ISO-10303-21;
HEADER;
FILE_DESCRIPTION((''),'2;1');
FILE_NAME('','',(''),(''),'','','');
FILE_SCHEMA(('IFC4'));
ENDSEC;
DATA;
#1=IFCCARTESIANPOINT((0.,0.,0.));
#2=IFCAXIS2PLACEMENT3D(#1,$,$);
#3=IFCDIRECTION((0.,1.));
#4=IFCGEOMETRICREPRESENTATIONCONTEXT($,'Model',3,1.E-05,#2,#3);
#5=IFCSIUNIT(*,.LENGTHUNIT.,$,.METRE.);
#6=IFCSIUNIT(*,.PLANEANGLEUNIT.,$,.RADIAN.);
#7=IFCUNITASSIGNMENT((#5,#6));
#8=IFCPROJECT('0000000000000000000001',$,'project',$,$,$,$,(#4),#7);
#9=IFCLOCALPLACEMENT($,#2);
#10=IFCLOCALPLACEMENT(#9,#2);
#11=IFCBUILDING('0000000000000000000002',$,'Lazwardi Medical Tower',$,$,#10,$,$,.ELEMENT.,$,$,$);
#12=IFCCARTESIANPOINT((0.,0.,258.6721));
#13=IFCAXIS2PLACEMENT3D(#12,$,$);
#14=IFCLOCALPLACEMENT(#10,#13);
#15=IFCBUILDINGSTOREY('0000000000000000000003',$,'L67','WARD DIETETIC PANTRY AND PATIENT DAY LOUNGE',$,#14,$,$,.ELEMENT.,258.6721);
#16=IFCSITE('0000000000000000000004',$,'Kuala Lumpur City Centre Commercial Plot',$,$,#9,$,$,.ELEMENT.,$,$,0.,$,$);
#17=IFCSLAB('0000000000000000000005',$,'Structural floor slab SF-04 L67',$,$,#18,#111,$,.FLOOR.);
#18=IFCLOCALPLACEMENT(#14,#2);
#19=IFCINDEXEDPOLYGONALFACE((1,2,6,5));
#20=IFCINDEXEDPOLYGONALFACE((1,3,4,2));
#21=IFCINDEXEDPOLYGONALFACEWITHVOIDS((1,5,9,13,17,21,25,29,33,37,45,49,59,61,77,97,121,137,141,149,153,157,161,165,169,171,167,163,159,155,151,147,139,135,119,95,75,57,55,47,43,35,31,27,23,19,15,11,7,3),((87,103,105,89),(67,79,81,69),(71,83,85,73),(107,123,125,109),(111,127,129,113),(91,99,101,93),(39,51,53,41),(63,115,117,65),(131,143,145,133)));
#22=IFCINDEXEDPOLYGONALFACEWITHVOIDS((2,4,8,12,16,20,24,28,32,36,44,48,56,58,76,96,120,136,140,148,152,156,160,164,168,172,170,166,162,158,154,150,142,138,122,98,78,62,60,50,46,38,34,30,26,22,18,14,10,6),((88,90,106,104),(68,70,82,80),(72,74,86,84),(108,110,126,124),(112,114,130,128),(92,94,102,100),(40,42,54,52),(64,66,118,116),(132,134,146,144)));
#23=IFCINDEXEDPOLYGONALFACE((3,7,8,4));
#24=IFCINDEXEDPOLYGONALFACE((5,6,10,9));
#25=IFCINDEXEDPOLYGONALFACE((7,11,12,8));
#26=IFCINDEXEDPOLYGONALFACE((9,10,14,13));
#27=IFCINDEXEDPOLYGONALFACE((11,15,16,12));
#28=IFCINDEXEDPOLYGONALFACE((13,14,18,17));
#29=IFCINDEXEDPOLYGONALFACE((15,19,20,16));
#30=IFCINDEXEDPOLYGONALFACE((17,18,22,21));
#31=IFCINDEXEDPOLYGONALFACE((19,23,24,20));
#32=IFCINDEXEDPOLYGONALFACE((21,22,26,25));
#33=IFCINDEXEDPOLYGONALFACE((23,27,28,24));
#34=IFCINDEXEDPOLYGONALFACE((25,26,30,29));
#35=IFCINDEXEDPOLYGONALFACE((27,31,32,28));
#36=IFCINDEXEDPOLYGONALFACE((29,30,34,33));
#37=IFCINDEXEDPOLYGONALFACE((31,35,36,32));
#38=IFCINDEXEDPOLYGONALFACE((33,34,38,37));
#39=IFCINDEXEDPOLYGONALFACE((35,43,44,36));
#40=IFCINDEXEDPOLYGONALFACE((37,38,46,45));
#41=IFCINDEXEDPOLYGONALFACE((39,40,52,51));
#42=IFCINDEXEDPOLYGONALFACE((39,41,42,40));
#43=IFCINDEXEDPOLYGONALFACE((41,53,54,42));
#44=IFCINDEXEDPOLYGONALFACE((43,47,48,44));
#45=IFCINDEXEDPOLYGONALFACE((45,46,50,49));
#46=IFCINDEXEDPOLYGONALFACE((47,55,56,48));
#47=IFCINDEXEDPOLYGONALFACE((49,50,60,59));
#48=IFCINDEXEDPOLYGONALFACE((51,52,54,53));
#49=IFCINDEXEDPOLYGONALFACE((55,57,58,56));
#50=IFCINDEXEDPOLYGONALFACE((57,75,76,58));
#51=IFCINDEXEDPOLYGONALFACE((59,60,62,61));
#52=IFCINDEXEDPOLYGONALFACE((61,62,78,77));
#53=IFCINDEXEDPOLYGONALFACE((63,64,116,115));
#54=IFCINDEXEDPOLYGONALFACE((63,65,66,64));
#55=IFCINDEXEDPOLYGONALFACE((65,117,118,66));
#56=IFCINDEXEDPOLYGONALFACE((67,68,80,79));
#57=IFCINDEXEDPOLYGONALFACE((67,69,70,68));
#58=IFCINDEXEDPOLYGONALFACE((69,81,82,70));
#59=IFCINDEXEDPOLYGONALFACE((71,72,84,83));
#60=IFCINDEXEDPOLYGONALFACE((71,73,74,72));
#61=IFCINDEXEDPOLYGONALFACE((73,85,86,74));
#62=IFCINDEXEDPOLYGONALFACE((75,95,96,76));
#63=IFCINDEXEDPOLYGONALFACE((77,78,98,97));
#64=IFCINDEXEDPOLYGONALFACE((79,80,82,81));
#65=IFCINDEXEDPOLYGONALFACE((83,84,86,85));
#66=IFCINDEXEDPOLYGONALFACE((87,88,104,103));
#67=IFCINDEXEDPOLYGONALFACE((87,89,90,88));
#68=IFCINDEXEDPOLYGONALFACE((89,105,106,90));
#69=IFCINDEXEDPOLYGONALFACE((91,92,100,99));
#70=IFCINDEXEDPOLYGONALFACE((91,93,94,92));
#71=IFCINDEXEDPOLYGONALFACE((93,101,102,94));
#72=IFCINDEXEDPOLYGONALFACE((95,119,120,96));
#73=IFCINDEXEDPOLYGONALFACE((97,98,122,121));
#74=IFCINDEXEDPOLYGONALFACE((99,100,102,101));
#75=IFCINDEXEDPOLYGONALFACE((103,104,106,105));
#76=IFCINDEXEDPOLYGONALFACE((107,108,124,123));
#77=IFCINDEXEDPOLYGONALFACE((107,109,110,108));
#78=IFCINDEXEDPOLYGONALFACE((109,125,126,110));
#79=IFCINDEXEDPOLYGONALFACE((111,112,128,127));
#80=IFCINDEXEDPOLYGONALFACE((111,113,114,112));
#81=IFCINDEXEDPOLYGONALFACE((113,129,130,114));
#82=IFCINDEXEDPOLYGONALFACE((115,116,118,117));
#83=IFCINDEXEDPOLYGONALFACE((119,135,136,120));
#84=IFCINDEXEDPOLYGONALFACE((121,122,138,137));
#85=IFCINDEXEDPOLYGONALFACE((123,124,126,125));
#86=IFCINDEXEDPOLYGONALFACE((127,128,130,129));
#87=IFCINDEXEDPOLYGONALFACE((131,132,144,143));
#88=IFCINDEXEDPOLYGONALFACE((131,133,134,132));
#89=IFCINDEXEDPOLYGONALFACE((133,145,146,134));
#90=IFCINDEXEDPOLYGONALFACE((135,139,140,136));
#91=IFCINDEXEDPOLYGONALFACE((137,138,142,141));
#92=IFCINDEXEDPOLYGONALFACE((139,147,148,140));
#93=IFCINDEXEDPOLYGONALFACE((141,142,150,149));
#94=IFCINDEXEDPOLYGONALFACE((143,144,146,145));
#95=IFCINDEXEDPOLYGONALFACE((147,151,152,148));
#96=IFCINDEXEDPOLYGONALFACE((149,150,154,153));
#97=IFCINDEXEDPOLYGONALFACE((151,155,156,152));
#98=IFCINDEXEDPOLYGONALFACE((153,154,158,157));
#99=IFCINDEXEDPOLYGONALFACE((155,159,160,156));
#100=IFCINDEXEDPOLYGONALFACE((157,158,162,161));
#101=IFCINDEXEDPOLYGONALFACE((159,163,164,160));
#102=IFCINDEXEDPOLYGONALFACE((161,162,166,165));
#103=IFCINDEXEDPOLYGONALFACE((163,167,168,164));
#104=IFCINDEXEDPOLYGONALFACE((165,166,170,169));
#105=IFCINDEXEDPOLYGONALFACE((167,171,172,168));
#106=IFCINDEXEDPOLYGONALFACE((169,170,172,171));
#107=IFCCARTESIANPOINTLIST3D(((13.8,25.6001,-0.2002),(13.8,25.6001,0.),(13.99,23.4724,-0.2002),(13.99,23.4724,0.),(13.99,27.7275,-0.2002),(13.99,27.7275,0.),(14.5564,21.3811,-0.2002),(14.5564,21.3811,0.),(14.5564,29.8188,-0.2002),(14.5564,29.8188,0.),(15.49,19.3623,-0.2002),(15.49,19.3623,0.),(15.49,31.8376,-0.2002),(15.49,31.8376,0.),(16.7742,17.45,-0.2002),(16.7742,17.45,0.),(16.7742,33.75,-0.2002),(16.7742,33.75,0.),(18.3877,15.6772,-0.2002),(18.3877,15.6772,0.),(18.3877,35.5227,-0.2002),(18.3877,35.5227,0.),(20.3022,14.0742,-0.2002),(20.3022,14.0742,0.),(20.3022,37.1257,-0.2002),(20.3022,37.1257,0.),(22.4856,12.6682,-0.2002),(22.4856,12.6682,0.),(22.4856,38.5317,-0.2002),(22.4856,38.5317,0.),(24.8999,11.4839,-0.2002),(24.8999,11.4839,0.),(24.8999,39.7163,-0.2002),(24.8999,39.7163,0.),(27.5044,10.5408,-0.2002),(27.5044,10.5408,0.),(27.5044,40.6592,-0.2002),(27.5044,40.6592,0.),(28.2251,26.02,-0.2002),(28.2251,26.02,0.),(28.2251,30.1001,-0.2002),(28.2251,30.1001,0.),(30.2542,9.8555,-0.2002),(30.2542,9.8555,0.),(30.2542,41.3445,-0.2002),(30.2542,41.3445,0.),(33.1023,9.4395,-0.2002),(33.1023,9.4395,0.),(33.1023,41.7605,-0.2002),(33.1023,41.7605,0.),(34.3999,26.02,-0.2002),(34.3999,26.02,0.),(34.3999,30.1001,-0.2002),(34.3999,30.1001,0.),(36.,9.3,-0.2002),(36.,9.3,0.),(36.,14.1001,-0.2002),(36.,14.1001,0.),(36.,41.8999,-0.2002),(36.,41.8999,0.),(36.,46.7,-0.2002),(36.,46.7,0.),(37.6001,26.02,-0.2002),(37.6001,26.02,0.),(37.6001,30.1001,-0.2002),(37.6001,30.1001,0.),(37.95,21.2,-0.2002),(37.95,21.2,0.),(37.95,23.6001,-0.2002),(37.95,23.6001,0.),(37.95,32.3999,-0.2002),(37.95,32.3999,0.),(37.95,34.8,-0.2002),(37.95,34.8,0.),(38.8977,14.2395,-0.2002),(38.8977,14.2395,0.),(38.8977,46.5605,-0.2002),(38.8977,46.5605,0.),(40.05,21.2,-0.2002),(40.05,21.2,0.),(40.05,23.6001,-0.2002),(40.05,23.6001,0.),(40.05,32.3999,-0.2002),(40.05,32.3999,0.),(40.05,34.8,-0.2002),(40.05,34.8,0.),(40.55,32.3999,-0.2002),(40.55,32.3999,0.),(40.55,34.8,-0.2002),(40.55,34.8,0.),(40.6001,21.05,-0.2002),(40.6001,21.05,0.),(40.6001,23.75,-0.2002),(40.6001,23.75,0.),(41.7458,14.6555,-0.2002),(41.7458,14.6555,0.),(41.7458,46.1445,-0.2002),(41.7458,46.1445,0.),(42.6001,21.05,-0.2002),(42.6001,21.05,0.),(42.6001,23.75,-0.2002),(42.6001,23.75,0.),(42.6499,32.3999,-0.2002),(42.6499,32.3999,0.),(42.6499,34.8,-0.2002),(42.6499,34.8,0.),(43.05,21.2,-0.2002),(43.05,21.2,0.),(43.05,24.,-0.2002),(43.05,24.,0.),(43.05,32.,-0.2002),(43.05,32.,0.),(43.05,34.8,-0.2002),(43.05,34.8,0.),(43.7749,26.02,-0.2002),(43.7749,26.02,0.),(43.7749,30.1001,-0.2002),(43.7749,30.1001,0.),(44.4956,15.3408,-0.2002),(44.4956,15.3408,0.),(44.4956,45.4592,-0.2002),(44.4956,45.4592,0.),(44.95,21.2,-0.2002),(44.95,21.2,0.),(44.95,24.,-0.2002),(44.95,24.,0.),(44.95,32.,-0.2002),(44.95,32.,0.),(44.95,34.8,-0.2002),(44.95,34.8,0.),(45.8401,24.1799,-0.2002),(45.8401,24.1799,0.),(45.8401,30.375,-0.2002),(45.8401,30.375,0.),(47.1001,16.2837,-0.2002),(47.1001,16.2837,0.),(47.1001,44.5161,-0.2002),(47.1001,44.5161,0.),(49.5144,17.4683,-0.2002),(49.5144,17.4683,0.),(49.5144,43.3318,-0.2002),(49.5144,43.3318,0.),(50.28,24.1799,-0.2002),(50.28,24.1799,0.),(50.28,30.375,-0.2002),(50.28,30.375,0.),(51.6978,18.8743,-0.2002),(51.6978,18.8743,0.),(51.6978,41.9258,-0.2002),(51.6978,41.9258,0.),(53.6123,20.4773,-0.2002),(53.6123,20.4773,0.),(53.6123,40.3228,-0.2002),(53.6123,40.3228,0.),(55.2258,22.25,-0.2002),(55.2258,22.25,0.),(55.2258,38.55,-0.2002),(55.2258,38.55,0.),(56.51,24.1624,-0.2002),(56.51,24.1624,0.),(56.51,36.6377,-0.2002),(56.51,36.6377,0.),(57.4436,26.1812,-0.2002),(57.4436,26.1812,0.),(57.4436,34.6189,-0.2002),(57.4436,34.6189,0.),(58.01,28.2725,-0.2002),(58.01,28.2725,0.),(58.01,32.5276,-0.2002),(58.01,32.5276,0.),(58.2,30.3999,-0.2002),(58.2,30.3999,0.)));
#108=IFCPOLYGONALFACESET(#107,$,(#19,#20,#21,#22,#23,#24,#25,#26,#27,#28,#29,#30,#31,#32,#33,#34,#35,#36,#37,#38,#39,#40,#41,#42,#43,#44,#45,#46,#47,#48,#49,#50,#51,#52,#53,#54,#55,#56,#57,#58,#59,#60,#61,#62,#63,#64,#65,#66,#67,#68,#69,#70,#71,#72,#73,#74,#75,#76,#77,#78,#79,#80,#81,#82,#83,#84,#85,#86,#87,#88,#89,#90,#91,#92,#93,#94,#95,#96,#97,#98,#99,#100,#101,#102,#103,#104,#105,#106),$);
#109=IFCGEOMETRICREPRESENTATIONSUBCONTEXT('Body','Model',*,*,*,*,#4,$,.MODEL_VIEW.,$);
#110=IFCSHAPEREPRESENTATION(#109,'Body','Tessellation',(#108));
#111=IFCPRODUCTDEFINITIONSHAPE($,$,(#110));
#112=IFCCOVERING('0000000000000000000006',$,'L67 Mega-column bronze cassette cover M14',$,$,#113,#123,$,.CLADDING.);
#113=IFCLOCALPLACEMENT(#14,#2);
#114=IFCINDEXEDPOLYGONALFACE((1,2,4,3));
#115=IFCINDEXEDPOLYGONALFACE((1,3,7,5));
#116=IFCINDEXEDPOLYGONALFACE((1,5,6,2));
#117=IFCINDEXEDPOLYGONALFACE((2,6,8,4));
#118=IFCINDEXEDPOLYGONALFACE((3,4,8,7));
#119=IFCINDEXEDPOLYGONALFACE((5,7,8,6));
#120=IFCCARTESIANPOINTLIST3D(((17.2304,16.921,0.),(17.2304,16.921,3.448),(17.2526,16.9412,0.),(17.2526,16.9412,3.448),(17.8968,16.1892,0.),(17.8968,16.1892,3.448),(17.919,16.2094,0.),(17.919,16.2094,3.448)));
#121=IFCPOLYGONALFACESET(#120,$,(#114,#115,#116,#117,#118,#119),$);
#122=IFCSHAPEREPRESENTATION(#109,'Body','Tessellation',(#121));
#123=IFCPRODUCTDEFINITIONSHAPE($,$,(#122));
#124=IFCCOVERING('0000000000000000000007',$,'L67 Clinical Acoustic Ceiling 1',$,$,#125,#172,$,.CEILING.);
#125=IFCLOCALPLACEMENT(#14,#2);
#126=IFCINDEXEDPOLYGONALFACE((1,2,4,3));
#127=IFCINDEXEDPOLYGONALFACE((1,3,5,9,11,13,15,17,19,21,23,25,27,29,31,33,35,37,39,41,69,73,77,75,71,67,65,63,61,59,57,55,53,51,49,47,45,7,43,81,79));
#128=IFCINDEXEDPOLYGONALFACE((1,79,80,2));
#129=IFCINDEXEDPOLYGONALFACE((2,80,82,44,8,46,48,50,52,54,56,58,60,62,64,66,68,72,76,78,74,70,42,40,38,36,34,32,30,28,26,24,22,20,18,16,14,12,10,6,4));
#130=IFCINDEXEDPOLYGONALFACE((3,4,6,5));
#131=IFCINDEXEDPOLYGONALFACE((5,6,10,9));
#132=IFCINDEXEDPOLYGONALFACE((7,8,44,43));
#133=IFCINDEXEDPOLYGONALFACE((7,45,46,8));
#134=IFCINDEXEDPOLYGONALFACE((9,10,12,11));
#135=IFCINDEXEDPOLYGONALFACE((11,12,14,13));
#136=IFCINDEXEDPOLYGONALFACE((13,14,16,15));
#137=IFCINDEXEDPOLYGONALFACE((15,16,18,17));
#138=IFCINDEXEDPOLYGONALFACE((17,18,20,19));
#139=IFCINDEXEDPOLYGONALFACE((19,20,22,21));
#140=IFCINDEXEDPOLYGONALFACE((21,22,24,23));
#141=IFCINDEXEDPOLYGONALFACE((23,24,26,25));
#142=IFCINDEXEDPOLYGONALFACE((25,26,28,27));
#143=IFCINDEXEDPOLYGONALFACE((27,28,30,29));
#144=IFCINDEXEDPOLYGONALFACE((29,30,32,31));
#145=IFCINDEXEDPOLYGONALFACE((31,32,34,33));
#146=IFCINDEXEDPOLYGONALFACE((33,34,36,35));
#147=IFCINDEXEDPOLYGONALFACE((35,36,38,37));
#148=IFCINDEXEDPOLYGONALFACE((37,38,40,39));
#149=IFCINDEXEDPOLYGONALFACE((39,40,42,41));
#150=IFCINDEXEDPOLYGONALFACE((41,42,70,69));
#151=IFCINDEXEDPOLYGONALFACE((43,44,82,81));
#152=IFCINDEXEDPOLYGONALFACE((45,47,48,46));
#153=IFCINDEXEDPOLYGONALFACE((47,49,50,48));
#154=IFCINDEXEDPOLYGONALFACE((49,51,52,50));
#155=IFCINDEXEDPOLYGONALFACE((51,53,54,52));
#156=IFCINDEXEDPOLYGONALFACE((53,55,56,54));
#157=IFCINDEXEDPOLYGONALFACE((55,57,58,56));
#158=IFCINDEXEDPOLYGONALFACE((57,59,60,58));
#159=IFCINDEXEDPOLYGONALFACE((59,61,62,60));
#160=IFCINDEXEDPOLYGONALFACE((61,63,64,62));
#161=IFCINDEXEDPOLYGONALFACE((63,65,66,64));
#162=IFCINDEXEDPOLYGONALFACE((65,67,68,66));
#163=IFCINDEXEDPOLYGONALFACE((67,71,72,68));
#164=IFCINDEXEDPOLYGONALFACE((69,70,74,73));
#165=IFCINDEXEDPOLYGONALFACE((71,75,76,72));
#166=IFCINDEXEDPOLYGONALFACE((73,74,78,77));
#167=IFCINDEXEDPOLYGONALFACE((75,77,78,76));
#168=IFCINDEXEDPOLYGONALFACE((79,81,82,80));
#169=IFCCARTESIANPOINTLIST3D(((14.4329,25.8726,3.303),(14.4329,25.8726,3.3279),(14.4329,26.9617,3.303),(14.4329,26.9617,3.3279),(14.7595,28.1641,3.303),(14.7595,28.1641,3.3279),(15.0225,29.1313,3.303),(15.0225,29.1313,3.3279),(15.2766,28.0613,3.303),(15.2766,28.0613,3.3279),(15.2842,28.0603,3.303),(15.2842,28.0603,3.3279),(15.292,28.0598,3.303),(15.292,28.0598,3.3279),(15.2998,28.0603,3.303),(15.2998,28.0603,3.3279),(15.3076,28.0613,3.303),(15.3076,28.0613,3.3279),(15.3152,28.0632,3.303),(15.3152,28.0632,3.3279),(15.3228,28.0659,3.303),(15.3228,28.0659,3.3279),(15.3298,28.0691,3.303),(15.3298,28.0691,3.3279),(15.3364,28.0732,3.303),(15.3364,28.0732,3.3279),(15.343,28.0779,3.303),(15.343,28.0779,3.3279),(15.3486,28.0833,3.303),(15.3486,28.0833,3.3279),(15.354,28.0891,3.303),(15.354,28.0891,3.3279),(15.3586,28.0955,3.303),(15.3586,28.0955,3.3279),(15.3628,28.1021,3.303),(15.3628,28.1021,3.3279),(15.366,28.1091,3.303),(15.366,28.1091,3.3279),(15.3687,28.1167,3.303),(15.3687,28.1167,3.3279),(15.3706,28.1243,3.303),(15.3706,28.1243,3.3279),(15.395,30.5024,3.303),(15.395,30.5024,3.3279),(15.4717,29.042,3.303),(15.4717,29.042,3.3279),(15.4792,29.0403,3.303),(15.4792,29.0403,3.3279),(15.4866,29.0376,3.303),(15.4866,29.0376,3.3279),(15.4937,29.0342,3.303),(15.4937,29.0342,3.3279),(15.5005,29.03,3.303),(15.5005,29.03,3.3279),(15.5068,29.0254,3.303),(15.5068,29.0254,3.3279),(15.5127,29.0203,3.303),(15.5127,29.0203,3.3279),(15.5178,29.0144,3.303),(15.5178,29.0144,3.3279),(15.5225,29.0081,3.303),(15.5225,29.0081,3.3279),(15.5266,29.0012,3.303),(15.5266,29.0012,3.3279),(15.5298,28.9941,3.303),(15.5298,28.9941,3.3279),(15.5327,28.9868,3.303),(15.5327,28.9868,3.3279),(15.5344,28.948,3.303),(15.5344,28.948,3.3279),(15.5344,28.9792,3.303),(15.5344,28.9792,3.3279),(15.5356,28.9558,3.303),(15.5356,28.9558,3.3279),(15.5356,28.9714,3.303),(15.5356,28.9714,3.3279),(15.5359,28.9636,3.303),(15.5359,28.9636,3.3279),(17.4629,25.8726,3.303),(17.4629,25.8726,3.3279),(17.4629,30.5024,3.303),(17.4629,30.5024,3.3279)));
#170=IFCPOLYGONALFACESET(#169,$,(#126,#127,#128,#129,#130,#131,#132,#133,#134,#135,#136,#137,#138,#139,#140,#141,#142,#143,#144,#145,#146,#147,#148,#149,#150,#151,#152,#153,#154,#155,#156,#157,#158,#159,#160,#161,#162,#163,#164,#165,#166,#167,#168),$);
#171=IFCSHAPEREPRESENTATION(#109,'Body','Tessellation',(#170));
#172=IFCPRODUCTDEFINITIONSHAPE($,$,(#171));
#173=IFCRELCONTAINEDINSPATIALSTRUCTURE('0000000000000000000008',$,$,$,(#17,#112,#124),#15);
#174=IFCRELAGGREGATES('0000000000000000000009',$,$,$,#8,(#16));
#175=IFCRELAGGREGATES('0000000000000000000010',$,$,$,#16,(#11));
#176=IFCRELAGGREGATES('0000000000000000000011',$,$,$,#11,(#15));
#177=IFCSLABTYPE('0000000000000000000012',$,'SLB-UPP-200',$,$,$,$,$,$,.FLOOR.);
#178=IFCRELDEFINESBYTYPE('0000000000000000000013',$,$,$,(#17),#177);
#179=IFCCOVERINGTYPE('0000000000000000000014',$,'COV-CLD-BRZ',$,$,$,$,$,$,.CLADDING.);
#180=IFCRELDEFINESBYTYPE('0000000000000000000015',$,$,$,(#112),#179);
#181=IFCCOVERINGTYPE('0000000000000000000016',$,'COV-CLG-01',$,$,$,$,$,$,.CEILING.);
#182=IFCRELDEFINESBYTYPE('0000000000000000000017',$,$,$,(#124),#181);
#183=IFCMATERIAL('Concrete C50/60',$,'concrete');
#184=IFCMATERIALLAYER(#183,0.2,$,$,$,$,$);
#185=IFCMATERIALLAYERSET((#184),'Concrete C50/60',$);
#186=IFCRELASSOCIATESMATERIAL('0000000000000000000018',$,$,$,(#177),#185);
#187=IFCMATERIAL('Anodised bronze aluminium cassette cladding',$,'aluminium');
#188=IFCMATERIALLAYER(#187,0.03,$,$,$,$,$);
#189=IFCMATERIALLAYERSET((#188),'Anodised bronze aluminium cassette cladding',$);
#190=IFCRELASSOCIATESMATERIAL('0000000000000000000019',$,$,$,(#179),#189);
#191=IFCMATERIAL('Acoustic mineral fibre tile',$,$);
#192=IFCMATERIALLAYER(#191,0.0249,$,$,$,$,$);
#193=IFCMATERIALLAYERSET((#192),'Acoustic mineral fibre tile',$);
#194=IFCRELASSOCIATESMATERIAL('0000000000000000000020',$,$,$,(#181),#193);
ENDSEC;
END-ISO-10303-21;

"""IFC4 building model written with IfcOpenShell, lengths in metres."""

from ifc_helpers import new_model, si_unit, direction, frame, origin, origin_2d, place, context, subcontext, project, spatial, polyline, rectangle, outline, extrude, material, layer, layer_set, type_object, element, save


model = new_model("IFC4")

# Units and contexts
model_context = context("Model", 3, precision=1e-05, world=origin(), true_north=direction((0.0, 1.0)))
body_context = subcontext(model_context, "Body", "Model", "MODEL_VIEW")
ifc_project = project(units=[si_unit("LENGTHUNIT", "METRE"), si_unit("PLANEANGLEUNIT", "RADIAN")], contexts=[model_context])

# Site, building, storey
site_placement = place(None, origin())
site = spatial("IfcSite", under=ifc_project, at=site_placement, Name="Kuala Lumpur City Centre Commercial Plot", CompositionType="ELEMENT", RefElevation=0.0)
building_placement = place(site_placement, origin())
building = spatial("IfcBuilding", under=site, at=building_placement, Name="Lazwardi Medical Tower", CompositionType="ELEMENT")
storey_placement = place(building_placement, frame((0.0, 0.0, 258.6721)))
storey = spatial("IfcBuildingStorey", under=building, at=storey_placement, Name="L67", Description="WARD DIETETIC PANTRY AND PATIENT DAY LOUNGE", CompositionType="ELEMENT", Elevation=258.6721)

# Slab
ifc_material_1 = material(Name="Concrete C50/60", Category="concrete")
ifc_layer_1 = layer(ifc_material_1, 0.2)
ifc_layer_set_1 = layer_set([ifc_layer_1], Name="Concrete C50/60")
slab_type_1 = type_object("IfcSlabType", Name="SLB-UPP-200", PredefinedType="FLOOR", material=ifc_layer_set_1)
slab_1_placement = place(storey_placement, frame((0.0, 0.0, -0.2002)))
element("IfcSlab", 1, at=slab_1_placement, inside=storey, type_object=slab_type_1, Name="Structural floor slab SF-04 L67", PredefinedType="FLOOR", context=body_context, shape_type="SweptSolid", body=[
    extrude(outline(polyline([(18.3877, 15.6772), (20.3022, 14.0742), (22.4856, 12.6682), (24.8999, 11.4839), (27.5044, 10.5408), (30.2542, 9.8555), (33.1023, 9.4395), (36.0, 9.3), (36.0, 14.1001), (38.8977, 14.2395), (41.7458, 14.6555), (44.4956, 15.3408), (47.1001, 16.2837), (49.5144, 17.4683), (51.6978, 18.8743), (53.6123, 20.4773), (55.2258, 22.25), (56.51, 24.1624), (57.4436, 26.1812), (58.01, 28.2725), (58.2, 30.3999), (58.01, 32.5276), (57.4436, 34.6189), (56.51, 36.6377), (55.2258, 38.55), (53.6123, 40.3228), (51.6978, 41.9258), (49.5144, 43.3318), (47.1001, 44.5161), (44.4956, 45.4592), (41.7458, 46.1445), (38.8977, 46.5605), (36.0, 46.7), (36.0, 41.8999), (33.1023, 41.7605), (30.2542, 41.3445), (27.5044, 40.6592), (24.8999, 39.7163), (22.4856, 38.5317), (20.3022, 37.1257), (18.3877, 35.5227), (16.7742, 33.75), (15.49, 31.8376), (14.5564, 29.8188), (13.99, 27.7275), (13.8, 25.6001), (13.99, 23.4724), (14.5564, 21.3811), (15.49, 19.3623), (16.7742, 17.45), (18.3877, 15.6772)]), holes=[polyline([(28.2251, 26.02), (28.2251, 30.1001), (34.3999, 30.1001), (34.3999, 26.02), (28.2251, 26.02)]), polyline([(37.6001, 30.1001), (43.7749, 30.1001), (43.7749, 26.02), (37.6001, 26.02), (37.6001, 30.1001)]), polyline([(50.28, 30.375), (50.28, 24.1799), (45.8401, 24.1799), (45.8401, 30.375), (50.28, 30.375)]), polyline([(40.05, 32.3999), (37.95, 32.3999), (37.95, 34.8), (40.05, 34.8), (40.05, 32.3999)]), polyline([(40.55, 32.3999), (40.55, 34.8), (42.6499, 34.8), (42.6499, 32.3999), (40.55, 32.3999)]), polyline([(37.95, 23.6001), (40.05, 23.6001), (40.05, 21.2), (37.95, 21.2), (37.95, 23.6001)]), polyline([(44.95, 34.8), (44.95, 32.0), (43.05, 32.0), (43.05, 34.8), (44.95, 34.8)]), polyline([(44.95, 21.2), (43.05, 21.2), (43.05, 24.0), (44.95, 24.0), (44.95, 21.2)]), polyline([(40.6001, 21.05), (40.6001, 23.75), (42.6001, 23.75), (42.6001, 21.05), (40.6001, 21.05)])]), origin(), (0.0, 0.0, 1.0), 0.2002),
])

# Coverings
ifc_material_2 = material(Name="Anodised bronze aluminium cassette cladding", Category="aluminium")
ifc_layer_2 = layer(ifc_material_2, 0.03)
ifc_layer_set_2 = layer_set([ifc_layer_2], Name="Anodised bronze aluminium cassette cladding")
covering_type_1 = type_object("IfcCoveringType", Name="COV-CLD-BRZ", PredefinedType="CLADDING", material=ifc_layer_set_2)
covering_1_placement = place(storey_placement, frame((17.5747, 16.5652, 0.0), z_axis=(0.0, 0.0, 1.0), x_axis=(0.673241, -0.739423, 0.0)))
element("IfcCovering", 2, at=covering_1_placement, inside=storey, type_object=covering_type_1, Name="L67 Mega-column bronze cassette cover M14", PredefinedType="CLADDING", context=body_context, shape_type="SweptSolid", body=[
    extrude(rectangle(XDim=0.9897, YDim=0.03, at=origin_2d()), origin(), (0.0, 0.0, 1.0), 3.448),
])
ifc_material_3 = material(Name="Acoustic mineral fibre tile")
ifc_layer_3 = layer(ifc_material_3, 0.0249)
ifc_layer_set_3 = layer_set([ifc_layer_3], Name="Acoustic mineral fibre tile")
covering_type_2 = type_object("IfcCoveringType", Name="COV-CLG-01", PredefinedType="CEILING", material=ifc_layer_set_3)
covering_2_placement = place(storey_placement, frame((0.0, 0.0, 3.303)))
element("IfcCovering", 3, at=covering_2_placement, inside=storey, type_object=covering_type_2, Name="L67 Clinical Acoustic Ceiling 1", PredefinedType="CEILING", context=body_context, shape_type="SweptSolid", body=[
    extrude(outline(polyline([(15.395, 30.5024), (15.0225, 29.1313), (15.4717, 29.042), (15.4792, 29.0403), (15.4866, 29.0376), (15.4937, 29.0342), (15.5005, 29.03), (15.5068, 29.0254), (15.5127, 29.0203), (15.5178, 29.0144), (15.5225, 29.0081), (15.5266, 29.0012), (15.5298, 28.9941), (15.5327, 28.9868), (15.5344, 28.9792), (15.5356, 28.9714), (15.5359, 28.9636), (15.5356, 28.9558), (15.5344, 28.948), (15.3706, 28.1243), (15.3687, 28.1167), (15.366, 28.1091), (15.3628, 28.1021), (15.3586, 28.0955), (15.354, 28.0891), (15.3486, 28.0833), (15.343, 28.0779), (15.3364, 28.0732), (15.3298, 28.0691), (15.3228, 28.0659), (15.3152, 28.0632), (15.3076, 28.0613), (15.2998, 28.0603), (15.292, 28.0598), (15.2842, 28.0603), (15.2766, 28.0613), (14.7595, 28.1641), (14.4329, 26.9617), (14.4329, 25.8726), (17.4629, 25.8726), (17.4629, 30.5024), (15.395, 30.5024)])), origin(), (0.0, 0.0, 1.0), 0.0249),
])

save(model, "model.ifc")
